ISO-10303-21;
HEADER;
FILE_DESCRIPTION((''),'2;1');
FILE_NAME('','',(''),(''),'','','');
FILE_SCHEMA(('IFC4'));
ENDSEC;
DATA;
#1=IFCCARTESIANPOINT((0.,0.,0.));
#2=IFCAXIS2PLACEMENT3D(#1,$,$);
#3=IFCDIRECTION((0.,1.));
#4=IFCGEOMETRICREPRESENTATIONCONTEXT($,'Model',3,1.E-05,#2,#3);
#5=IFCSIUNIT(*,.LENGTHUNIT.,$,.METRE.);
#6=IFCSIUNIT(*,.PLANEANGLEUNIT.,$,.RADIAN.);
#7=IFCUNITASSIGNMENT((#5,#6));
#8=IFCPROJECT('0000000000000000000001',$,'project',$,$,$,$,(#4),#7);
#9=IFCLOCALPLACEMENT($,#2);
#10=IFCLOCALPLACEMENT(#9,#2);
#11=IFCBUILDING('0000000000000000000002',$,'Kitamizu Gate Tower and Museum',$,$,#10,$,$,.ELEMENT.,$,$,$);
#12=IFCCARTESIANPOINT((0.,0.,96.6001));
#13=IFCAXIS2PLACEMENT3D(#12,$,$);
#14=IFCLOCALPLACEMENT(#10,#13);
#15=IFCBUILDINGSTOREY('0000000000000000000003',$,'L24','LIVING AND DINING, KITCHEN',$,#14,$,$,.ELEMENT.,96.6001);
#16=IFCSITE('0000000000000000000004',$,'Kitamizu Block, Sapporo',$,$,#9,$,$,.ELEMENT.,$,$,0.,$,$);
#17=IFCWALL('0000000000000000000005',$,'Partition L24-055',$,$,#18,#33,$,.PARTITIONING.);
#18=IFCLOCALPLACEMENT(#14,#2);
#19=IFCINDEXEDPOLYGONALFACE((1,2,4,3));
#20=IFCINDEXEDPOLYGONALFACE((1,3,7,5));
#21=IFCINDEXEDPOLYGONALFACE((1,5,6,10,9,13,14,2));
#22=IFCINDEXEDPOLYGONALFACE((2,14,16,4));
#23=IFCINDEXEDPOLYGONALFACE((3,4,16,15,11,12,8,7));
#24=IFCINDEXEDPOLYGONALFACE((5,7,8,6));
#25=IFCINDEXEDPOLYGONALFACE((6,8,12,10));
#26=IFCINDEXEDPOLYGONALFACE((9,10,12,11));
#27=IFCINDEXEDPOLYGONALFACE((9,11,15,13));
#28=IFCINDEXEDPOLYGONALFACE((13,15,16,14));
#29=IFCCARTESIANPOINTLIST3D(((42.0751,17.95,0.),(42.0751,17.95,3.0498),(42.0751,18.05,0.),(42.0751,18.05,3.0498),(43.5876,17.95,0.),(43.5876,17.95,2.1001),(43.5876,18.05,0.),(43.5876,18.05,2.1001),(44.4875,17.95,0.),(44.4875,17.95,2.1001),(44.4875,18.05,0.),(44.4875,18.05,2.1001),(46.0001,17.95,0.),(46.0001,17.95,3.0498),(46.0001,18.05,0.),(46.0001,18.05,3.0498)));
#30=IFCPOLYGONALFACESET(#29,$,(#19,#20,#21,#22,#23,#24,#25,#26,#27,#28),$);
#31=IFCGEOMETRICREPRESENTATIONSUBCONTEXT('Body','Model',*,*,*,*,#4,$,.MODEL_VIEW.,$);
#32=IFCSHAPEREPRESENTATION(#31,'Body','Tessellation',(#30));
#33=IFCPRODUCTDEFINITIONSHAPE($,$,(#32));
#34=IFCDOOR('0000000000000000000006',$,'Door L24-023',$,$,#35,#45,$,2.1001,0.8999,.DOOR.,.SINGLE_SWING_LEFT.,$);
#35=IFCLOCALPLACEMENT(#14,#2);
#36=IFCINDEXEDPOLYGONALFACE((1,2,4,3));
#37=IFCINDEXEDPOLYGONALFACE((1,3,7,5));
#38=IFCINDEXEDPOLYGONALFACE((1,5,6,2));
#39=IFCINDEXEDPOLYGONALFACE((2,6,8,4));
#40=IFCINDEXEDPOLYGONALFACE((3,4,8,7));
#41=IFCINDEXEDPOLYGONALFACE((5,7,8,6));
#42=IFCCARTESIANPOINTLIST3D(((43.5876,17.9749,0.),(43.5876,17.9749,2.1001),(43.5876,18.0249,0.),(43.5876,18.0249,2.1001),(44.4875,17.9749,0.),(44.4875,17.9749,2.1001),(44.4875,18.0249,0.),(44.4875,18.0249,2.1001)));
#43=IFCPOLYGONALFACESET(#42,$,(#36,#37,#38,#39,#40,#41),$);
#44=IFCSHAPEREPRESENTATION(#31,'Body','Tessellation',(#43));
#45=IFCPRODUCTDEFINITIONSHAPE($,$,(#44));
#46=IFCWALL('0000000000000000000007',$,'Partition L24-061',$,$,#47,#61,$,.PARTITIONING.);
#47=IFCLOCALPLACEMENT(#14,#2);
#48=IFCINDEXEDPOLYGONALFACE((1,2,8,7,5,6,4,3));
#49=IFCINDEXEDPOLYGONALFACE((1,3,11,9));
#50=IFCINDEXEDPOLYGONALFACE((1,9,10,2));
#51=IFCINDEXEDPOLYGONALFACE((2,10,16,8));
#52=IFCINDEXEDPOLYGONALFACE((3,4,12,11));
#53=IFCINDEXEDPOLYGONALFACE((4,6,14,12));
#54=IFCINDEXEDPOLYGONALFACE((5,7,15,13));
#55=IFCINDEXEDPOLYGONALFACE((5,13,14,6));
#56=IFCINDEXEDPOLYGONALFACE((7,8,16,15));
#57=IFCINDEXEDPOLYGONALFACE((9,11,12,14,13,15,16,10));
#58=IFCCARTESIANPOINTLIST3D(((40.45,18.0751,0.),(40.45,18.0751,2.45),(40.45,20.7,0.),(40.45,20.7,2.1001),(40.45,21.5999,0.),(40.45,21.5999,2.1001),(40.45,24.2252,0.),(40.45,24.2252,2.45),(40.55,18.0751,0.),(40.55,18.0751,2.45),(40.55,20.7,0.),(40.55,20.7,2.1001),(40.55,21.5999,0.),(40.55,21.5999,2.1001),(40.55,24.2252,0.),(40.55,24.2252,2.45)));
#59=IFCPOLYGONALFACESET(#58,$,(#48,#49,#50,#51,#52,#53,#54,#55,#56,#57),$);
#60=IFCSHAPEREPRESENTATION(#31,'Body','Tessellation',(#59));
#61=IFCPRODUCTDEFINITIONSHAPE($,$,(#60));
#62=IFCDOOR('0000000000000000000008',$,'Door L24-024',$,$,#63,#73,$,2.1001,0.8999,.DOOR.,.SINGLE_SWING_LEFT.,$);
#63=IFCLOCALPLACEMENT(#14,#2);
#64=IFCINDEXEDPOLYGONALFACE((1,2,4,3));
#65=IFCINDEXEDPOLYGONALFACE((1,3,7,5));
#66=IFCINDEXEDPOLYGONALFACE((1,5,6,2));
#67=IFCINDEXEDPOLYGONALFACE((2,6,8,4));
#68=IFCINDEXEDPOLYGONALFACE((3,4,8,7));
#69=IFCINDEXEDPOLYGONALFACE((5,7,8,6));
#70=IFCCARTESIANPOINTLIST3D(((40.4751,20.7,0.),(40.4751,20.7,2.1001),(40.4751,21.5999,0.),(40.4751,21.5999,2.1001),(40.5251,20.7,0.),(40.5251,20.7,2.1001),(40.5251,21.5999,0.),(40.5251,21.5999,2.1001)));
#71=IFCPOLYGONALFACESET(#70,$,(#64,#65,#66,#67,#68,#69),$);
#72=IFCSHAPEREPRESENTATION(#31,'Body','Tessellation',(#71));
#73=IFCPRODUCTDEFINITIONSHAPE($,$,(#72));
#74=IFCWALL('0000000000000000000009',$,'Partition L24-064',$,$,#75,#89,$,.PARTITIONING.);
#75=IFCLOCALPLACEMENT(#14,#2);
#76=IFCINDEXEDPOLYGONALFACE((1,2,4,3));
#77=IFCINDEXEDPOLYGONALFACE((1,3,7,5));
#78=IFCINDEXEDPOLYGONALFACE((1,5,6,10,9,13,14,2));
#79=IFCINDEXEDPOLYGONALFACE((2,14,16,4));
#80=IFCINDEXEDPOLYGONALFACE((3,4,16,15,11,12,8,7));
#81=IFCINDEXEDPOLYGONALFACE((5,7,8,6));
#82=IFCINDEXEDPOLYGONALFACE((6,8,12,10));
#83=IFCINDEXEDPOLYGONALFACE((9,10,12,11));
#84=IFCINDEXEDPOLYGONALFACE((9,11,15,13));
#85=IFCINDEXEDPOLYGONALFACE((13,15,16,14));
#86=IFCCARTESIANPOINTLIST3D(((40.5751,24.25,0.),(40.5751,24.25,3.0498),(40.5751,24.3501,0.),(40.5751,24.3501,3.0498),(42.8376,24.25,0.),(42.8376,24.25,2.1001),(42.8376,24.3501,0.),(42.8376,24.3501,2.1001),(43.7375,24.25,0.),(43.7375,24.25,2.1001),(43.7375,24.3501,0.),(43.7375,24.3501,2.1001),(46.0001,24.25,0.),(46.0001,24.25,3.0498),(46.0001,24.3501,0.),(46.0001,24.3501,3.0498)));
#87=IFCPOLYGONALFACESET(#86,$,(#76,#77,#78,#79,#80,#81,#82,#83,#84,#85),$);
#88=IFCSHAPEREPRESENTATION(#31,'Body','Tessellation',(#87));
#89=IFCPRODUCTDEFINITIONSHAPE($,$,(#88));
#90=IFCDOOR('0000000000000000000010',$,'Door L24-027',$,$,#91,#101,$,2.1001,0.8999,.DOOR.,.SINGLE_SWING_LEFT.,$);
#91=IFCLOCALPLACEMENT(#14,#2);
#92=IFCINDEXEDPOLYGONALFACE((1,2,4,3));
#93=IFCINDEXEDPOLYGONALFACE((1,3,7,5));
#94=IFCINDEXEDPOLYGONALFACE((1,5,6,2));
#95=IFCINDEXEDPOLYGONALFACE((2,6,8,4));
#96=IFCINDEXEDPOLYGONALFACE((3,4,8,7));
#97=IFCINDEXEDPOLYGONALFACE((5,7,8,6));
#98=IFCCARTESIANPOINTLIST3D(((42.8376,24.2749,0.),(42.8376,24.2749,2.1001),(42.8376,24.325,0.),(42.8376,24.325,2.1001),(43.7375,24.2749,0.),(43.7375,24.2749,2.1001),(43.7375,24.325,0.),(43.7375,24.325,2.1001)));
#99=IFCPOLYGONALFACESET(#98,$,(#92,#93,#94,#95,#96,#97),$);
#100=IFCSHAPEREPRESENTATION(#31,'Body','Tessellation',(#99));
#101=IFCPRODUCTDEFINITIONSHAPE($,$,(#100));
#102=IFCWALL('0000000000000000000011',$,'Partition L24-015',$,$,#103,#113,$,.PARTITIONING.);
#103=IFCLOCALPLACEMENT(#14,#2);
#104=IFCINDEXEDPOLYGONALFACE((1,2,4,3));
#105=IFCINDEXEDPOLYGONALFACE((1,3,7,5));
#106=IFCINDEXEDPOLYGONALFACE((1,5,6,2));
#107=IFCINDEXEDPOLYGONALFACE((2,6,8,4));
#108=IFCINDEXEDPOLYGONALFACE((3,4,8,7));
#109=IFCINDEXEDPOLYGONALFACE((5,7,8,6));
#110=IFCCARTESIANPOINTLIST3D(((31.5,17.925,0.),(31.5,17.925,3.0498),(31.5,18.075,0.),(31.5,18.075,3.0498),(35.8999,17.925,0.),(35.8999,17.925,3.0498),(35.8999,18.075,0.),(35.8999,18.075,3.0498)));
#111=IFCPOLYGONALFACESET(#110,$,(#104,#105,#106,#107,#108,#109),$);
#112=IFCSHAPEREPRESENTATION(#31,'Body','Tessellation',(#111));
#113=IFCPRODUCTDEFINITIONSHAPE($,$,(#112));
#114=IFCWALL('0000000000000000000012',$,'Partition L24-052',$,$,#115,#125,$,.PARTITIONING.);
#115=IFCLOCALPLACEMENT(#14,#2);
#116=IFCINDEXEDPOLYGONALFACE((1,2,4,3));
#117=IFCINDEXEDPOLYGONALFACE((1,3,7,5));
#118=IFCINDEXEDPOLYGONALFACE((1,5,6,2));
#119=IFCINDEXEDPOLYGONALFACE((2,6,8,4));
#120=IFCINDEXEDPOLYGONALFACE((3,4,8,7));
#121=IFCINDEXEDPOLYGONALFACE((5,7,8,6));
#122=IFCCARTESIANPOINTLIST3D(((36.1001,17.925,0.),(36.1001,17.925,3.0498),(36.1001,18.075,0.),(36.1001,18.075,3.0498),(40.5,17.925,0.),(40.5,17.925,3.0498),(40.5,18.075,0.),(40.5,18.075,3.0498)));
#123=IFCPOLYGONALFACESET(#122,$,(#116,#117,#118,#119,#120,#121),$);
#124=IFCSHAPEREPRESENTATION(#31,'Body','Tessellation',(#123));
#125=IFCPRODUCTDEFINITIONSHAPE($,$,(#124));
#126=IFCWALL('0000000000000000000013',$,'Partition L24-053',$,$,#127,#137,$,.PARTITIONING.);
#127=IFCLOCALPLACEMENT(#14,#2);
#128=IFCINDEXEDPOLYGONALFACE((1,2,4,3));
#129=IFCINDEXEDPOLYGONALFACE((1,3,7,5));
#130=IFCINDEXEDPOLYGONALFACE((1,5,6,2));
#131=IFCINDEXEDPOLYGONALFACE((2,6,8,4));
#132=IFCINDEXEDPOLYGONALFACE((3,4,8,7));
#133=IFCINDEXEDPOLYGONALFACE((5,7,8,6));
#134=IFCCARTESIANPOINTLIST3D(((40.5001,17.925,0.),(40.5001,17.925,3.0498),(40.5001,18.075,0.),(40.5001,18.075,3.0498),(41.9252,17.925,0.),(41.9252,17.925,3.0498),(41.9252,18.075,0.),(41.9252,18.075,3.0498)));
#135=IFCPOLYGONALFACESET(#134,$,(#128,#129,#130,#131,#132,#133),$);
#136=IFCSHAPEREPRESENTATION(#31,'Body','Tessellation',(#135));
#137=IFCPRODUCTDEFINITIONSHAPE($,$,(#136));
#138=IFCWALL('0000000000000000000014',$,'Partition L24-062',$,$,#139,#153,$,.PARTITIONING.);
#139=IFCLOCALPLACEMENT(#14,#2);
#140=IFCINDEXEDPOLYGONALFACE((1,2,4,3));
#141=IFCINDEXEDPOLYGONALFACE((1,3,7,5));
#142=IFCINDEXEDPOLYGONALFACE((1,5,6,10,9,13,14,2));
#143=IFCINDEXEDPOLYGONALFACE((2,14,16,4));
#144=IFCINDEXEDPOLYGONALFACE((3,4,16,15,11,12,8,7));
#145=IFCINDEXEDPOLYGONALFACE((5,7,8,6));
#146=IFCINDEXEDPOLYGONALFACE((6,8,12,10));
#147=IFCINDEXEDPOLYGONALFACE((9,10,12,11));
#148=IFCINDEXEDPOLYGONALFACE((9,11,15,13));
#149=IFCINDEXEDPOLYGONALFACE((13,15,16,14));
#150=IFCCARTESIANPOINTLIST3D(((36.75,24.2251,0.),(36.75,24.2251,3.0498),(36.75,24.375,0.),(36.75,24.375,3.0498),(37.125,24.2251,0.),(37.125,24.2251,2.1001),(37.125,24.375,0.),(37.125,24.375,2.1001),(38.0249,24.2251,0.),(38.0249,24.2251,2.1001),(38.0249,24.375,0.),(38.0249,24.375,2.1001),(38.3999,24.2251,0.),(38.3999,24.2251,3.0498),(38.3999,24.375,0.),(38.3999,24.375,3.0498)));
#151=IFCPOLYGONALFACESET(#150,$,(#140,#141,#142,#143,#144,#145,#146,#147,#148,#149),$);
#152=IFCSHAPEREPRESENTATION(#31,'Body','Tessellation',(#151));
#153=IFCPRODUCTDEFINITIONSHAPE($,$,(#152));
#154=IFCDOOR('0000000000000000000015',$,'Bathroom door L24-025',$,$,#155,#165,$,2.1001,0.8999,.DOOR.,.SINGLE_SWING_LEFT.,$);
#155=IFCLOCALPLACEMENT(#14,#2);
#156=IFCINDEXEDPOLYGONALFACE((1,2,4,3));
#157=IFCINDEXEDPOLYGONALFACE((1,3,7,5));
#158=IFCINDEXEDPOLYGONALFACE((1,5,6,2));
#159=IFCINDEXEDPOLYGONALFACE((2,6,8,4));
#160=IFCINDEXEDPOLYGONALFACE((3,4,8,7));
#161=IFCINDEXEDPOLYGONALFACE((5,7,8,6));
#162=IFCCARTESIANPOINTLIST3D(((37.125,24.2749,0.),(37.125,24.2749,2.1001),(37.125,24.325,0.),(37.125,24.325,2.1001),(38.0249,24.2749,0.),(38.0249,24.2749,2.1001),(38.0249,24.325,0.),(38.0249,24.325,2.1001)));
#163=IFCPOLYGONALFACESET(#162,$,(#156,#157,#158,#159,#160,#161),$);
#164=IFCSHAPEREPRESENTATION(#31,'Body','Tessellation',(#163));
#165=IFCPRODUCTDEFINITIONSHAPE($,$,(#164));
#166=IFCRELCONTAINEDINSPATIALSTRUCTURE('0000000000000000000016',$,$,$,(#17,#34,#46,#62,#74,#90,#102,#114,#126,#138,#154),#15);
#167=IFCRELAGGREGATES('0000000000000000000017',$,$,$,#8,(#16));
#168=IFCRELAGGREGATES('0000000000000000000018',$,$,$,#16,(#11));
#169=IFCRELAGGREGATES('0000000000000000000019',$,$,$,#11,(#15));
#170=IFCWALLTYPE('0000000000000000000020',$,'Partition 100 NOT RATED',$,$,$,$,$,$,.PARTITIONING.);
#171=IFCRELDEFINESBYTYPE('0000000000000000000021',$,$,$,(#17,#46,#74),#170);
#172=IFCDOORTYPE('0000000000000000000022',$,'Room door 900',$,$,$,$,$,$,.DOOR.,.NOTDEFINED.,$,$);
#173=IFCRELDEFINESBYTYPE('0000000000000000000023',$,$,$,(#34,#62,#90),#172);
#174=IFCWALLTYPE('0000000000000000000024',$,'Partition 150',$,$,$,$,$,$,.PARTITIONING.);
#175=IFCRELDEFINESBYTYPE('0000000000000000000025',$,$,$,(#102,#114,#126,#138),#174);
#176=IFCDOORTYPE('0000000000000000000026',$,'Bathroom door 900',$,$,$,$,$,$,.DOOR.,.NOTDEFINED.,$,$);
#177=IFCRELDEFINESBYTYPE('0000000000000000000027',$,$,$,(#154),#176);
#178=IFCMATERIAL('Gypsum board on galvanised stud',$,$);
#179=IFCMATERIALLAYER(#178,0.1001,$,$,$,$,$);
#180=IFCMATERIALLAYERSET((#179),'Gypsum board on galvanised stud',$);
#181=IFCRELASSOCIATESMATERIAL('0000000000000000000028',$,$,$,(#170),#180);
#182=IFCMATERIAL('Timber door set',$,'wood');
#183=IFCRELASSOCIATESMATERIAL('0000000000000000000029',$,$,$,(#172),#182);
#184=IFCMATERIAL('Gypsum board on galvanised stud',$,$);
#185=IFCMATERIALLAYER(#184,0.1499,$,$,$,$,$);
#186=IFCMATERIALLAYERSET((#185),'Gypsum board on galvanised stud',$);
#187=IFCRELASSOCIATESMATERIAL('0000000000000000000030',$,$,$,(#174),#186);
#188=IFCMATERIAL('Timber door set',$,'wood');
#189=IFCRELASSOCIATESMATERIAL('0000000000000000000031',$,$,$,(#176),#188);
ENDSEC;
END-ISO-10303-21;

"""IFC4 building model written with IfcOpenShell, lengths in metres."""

from ifc_helpers import new_model, si_unit, direction, frame, frame_2d, origin, place, context, subcontext, project, spatial, rectangle, extrude, material, layer, layer_set, type_object, element, fill, save


model = new_model("IFC4")

# Units and contexts
model_context = context("Model", 3, precision=1e-05, world=origin(), true_north=direction((0.0, 1.0)))
body_context = subcontext(model_context, "Body", "Model", "MODEL_VIEW")
ifc_project = project(units=[si_unit("LENGTHUNIT", "METRE"), si_unit("PLANEANGLEUNIT", "RADIAN")], contexts=[model_context])

# Site, building, storey
site_placement = place(None, origin())
site = spatial("IfcSite", under=ifc_project, at=site_placement, Name="Kitamizu Block, Sapporo", CompositionType="ELEMENT", RefElevation=0.0)
building_placement = place(site_placement, origin())
building = spatial("IfcBuilding", under=site, at=building_placement, Name="Kitamizu Gate Tower and Museum", CompositionType="ELEMENT")
storey_placement = place(building_placement, frame((0.0, 0.0, 96.6001)))
storey = spatial("IfcBuildingStorey", under=building, at=storey_placement, Name="L24", Description="LIVING AND DINING, KITCHEN", CompositionType="ELEMENT", Elevation=96.6001)

# Walls, openings, doors
ifc_material_1 = material(Name="Gypsum board on galvanised stud")
ifc_layer_1 = layer(ifc_material_1, 0.1001)
ifc_layer_set_1 = layer_set([ifc_layer_1], Name="Gypsum board on galvanised stud")
wall_type_1 = type_object("IfcWallType", Name="Partition 100 NOT RATED", PredefinedType="PARTITIONING", material=ifc_layer_set_1)
wall_1_placement = place(storey_placement, frame((46.0, 18.0, 0.0), z_axis=(0.0, 0.0, 1.0), x_axis=(-1.0, 0.0, 0.0)))
wall_1 = element("IfcWall", 1, at=wall_1_placement, inside=storey, type_object=wall_type_1, Name="Partition L24-055", PredefinedType="PARTITIONING", context=body_context, shape_type="SweptSolid", body=[
    extrude(rectangle(XDim=3.925, YDim=0.1001, at=frame_2d((1.9624, 0.0))), origin(), (0.0, 0.0, 1.0), 3.0498),
])
opening_1_placement = place(wall_1_placement, frame((1.5125, 0.0, 0.0)))
opening_1 = element("IfcOpeningElement", 2, at=opening_1_placement, cuts=wall_1, PredefinedType="OPENING", context=body_context, shape_type="SweptSolid", body=[
    extrude(rectangle(XDim=0.8999, YDim=2.1001, at=frame_2d((0.45, 1.05))), frame((0.0, 0.0601, 0.0), z_axis=(0.0, -1.0, 0.0), x_axis=(1.0, 0.0, 0.0)), (0.0, 0.0, 1.0), 0.1201),
])
ifc_material_2 = material(Name="Timber door set", Category="wood")
door_type_1 = type_object("IfcDoorType", Name="Room door 900", OperationType="NOTDEFINED", PredefinedType="DOOR", material=ifc_material_2)
door_1_placement = place(opening_1_placement, frame((0.8999, 0.0, 0.0), x_axis=(-1.0, 0.0, 0.0)))
door_1 = element("IfcDoor", 3, at=door_1_placement, inside=storey, type_object=door_type_1, Name="Door L24-023", OperationType="SINGLE_SWING_LEFT", OverallHeight=2.1001, OverallWidth=0.8999, PredefinedType="DOOR", context=body_context, shape_type="SweptSolid", body=[
    extrude(rectangle(XDim=0.8999, YDim=2.1001, at=frame_2d((0.45, 1.05))), frame((0.0, 0.0249, 0.0), z_axis=(0.0, -1.0, 0.0), x_axis=(1.0, 0.0, 0.0)), (0.0, 0.0, 1.0), 0.05),
])
fill(opening_1, door_1)
wall_2_placement = place(storey_placement, frame((40.5, 18.075, 0.0), z_axis=(0.0, 0.0, 1.0), x_axis=(0.0, 1.0, 0.0)))
wall_2 = element("IfcWall", 4, at=wall_2_placement, inside=storey, type_object=wall_type_1, Name="Partition L24-061", PredefinedType="PARTITIONING", context=body_context, shape_type="SweptSolid", body=[
    extrude(rectangle(XDim=6.1501, YDim=0.1001, at=frame_2d((3.0752, 0.0))), origin(), (0.0, 0.0, 1.0), 2.45),
])
opening_2_placement = place(wall_2_placement, frame((2.625, 0.0, 0.0)))
opening_2 = element("IfcOpeningElement", 5, at=opening_2_placement, cuts=wall_2, PredefinedType="OPENING", context=body_context, shape_type="SweptSolid", body=[
    extrude(rectangle(XDim=0.8999, YDim=2.1001, at=frame_2d((0.45, 1.05))), frame((0.0, 0.0601, 0.0), z_axis=(0.0, -1.0, 0.0), x_axis=(1.0, 0.0, 0.0)), (0.0, 0.0, 1.0), 0.1201),
])
door_2_placement = place(opening_2_placement, origin())
door_2 = element("IfcDoor", 6, at=door_2_placement, inside=storey, type_object=door_type_1, Name="Door L24-024", OperationType="SINGLE_SWING_LEFT", OverallHeight=2.1001, OverallWidth=0.8999, PredefinedType="DOOR", context=body_context, shape_type="SweptSolid", body=[
    extrude(rectangle(XDim=0.8999, YDim=2.1001, at=frame_2d((0.45, 1.05))), frame((0.0, 0.0249, 0.0), z_axis=(0.0, -1.0, 0.0), x_axis=(1.0, 0.0, 0.0)), (0.0, 0.0, 1.0), 0.05),
])
fill(opening_2, door_2)
wall_3_placement = place(storey_placement, frame((46.0, 24.3, 0.0), z_axis=(0.0, 0.0, 1.0), x_axis=(-1.0, 0.0, 0.0)))
wall_3 = element("IfcWall", 7, at=wall_3_placement, inside=storey, type_object=wall_type_1, Name="Partition L24-064", PredefinedType="PARTITIONING", context=body_context, shape_type="SweptSolid", body=[
    extrude(rectangle(XDim=5.425, YDim=0.1001, at=frame_2d((2.7124, 0.0))), origin(), (0.0, 0.0, 1.0), 3.0498),
])
opening_3_placement = place(wall_3_placement, frame((2.2625, 0.0, 0.0)))
opening_3 = element("IfcOpeningElement", 8, at=opening_3_placement, cuts=wall_3, PredefinedType="OPENING", context=body_context, shape_type="SweptSolid", body=[
    extrude(rectangle(XDim=0.8999, YDim=2.1001, at=frame_2d((0.45, 1.05))), frame((0.0, 0.0601, 0.0), z_axis=(0.0, -1.0, 0.0), x_axis=(1.0, 0.0, 0.0)), (0.0, 0.0, 1.0), 0.1201),
])
door_3_placement = place(opening_3_placement, frame((0.8999, 0.0, 0.0), x_axis=(-1.0, 0.0, 0.0)))
door_3 = element("IfcDoor", 9, at=door_3_placement, inside=storey, type_object=door_type_1, Name="Door L24-027", OperationType="SINGLE_SWING_LEFT", OverallHeight=2.1001, OverallWidth=0.8999, PredefinedType="DOOR", context=body_context, shape_type="SweptSolid", body=[
    extrude(rectangle(XDim=0.8999, YDim=2.1001, at=frame_2d((0.45, 1.05))), frame((0.0, 0.0249, 0.0), z_axis=(0.0, -1.0, 0.0), x_axis=(1.0, 0.0, 0.0)), (0.0, 0.0, 1.0), 0.05),
])
fill(opening_3, door_3)

# Walls
ifc_material_3 = material(Name="Gypsum board on galvanised stud")
ifc_layer_2 = layer(ifc_material_3, 0.1499)
ifc_layer_set_2 = layer_set([ifc_layer_2], Name="Gypsum board on galvanised stud")
wall_type_2 = type_object("IfcWallType", Name="Partition 150", PredefinedType="PARTITIONING", material=ifc_layer_set_2)
for number, where, z_axis, x_axis, name in (
    (10, (35.8999, 18.0, 0.0), (0.0, 0.0, 1.0), (-1.0, 0.0, 0.0), "Partition L24-015"),
    (11, (40.5, 18.0, 0.0), (0.0, 0.0, 1.0), (-1.0, 0.0, 0.0), "Partition L24-052"),
):
    element("IfcWall", number, at=place(storey_placement, frame(where, z_axis=z_axis, x_axis=x_axis)), inside=storey, type_object=wall_type_2, Name=name, PredefinedType="PARTITIONING", context=body_context, shape_type="SweptSolid", body=[
        extrude(rectangle(XDim=4.3999, YDim=0.1499, at=frame_2d((2.2, 0.0))), origin(), (0.0, 0.0, 1.0), 3.0498),
    ])
wall_4_placement = place(storey_placement, frame((41.925, 18.0, 0.0), z_axis=(0.0, 0.0, 1.0), x_axis=(-1.0, 0.0, 0.0)))
element("IfcWall", 12, at=wall_4_placement, inside=storey, type_object=wall_type_2, Name="Partition L24-053", PredefinedType="PARTITIONING", context=body_context, shape_type="SweptSolid", body=[
    extrude(rectangle(XDim=1.425, YDim=0.1499, at=frame_2d((0.7124, 0.0))), origin(), (0.0, 0.0, 1.0), 3.0498),
])

# Wall, opening, door
wall_5_placement = place(storey_placement, frame((38.3999, 24.3, 0.0), z_axis=(0.0, 0.0, 1.0), x_axis=(-1.0, 0.0, 0.0)))
wall_5 = element("IfcWall", 13, at=wall_5_placement, inside=storey, type_object=wall_type_2, Name="Partition L24-062", PredefinedType="PARTITIONING", context=body_context, shape_type="SweptSolid", body=[
    extrude(rectangle(XDim=1.6499, YDim=0.1499, at=frame_2d((0.825, 0.0))), origin(), (0.0, 0.0, 1.0), 3.0498),
])
opening_4_placement = place(wall_5_placement, frame((0.375, 0.0, 0.0)))
opening_4 = element("IfcOpeningElement", 14, at=opening_4_placement, cuts=wall_5, PredefinedType="OPENING", context=body_context, shape_type="SweptSolid", body=[
    extrude(rectangle(XDim=0.8999, YDim=2.1001, at=frame_2d((0.45, 1.05))), frame((0.0, 0.085, 0.0), z_axis=(0.0, -1.0, 0.0), x_axis=(1.0, 0.0, 0.0)), (0.0, 0.0, 1.0), 0.1699),
])
ifc_material_4 = material(Name="Timber door set", Category="wood")
door_type_2 = type_object("IfcDoorType", Name="Bathroom door 900", OperationType="NOTDEFINED", PredefinedType="DOOR", material=ifc_material_4)
door_4_placement = place(opening_4_placement, frame((0.8999, 0.0, 0.0), x_axis=(-1.0, 0.0, 0.0)))
door_4 = element("IfcDoor", 15, at=door_4_placement, inside=storey, type_object=door_type_2, Name="Bathroom door L24-025", OperationType="SINGLE_SWING_LEFT", OverallHeight=2.1001, OverallWidth=0.8999, PredefinedType="DOOR", context=body_context, shape_type="SweptSolid", body=[
    extrude(rectangle(XDim=0.8999, YDim=2.1001, at=frame_2d((0.45, 1.05))), frame((0.0, 0.0249, 0.0), z_axis=(0.0, -1.0, 0.0), x_axis=(1.0, 0.0, 0.0)), (0.0, 0.0, 1.0), 0.05),
])
fill(opening_4, door_4)

save(model, "model.ifc")
